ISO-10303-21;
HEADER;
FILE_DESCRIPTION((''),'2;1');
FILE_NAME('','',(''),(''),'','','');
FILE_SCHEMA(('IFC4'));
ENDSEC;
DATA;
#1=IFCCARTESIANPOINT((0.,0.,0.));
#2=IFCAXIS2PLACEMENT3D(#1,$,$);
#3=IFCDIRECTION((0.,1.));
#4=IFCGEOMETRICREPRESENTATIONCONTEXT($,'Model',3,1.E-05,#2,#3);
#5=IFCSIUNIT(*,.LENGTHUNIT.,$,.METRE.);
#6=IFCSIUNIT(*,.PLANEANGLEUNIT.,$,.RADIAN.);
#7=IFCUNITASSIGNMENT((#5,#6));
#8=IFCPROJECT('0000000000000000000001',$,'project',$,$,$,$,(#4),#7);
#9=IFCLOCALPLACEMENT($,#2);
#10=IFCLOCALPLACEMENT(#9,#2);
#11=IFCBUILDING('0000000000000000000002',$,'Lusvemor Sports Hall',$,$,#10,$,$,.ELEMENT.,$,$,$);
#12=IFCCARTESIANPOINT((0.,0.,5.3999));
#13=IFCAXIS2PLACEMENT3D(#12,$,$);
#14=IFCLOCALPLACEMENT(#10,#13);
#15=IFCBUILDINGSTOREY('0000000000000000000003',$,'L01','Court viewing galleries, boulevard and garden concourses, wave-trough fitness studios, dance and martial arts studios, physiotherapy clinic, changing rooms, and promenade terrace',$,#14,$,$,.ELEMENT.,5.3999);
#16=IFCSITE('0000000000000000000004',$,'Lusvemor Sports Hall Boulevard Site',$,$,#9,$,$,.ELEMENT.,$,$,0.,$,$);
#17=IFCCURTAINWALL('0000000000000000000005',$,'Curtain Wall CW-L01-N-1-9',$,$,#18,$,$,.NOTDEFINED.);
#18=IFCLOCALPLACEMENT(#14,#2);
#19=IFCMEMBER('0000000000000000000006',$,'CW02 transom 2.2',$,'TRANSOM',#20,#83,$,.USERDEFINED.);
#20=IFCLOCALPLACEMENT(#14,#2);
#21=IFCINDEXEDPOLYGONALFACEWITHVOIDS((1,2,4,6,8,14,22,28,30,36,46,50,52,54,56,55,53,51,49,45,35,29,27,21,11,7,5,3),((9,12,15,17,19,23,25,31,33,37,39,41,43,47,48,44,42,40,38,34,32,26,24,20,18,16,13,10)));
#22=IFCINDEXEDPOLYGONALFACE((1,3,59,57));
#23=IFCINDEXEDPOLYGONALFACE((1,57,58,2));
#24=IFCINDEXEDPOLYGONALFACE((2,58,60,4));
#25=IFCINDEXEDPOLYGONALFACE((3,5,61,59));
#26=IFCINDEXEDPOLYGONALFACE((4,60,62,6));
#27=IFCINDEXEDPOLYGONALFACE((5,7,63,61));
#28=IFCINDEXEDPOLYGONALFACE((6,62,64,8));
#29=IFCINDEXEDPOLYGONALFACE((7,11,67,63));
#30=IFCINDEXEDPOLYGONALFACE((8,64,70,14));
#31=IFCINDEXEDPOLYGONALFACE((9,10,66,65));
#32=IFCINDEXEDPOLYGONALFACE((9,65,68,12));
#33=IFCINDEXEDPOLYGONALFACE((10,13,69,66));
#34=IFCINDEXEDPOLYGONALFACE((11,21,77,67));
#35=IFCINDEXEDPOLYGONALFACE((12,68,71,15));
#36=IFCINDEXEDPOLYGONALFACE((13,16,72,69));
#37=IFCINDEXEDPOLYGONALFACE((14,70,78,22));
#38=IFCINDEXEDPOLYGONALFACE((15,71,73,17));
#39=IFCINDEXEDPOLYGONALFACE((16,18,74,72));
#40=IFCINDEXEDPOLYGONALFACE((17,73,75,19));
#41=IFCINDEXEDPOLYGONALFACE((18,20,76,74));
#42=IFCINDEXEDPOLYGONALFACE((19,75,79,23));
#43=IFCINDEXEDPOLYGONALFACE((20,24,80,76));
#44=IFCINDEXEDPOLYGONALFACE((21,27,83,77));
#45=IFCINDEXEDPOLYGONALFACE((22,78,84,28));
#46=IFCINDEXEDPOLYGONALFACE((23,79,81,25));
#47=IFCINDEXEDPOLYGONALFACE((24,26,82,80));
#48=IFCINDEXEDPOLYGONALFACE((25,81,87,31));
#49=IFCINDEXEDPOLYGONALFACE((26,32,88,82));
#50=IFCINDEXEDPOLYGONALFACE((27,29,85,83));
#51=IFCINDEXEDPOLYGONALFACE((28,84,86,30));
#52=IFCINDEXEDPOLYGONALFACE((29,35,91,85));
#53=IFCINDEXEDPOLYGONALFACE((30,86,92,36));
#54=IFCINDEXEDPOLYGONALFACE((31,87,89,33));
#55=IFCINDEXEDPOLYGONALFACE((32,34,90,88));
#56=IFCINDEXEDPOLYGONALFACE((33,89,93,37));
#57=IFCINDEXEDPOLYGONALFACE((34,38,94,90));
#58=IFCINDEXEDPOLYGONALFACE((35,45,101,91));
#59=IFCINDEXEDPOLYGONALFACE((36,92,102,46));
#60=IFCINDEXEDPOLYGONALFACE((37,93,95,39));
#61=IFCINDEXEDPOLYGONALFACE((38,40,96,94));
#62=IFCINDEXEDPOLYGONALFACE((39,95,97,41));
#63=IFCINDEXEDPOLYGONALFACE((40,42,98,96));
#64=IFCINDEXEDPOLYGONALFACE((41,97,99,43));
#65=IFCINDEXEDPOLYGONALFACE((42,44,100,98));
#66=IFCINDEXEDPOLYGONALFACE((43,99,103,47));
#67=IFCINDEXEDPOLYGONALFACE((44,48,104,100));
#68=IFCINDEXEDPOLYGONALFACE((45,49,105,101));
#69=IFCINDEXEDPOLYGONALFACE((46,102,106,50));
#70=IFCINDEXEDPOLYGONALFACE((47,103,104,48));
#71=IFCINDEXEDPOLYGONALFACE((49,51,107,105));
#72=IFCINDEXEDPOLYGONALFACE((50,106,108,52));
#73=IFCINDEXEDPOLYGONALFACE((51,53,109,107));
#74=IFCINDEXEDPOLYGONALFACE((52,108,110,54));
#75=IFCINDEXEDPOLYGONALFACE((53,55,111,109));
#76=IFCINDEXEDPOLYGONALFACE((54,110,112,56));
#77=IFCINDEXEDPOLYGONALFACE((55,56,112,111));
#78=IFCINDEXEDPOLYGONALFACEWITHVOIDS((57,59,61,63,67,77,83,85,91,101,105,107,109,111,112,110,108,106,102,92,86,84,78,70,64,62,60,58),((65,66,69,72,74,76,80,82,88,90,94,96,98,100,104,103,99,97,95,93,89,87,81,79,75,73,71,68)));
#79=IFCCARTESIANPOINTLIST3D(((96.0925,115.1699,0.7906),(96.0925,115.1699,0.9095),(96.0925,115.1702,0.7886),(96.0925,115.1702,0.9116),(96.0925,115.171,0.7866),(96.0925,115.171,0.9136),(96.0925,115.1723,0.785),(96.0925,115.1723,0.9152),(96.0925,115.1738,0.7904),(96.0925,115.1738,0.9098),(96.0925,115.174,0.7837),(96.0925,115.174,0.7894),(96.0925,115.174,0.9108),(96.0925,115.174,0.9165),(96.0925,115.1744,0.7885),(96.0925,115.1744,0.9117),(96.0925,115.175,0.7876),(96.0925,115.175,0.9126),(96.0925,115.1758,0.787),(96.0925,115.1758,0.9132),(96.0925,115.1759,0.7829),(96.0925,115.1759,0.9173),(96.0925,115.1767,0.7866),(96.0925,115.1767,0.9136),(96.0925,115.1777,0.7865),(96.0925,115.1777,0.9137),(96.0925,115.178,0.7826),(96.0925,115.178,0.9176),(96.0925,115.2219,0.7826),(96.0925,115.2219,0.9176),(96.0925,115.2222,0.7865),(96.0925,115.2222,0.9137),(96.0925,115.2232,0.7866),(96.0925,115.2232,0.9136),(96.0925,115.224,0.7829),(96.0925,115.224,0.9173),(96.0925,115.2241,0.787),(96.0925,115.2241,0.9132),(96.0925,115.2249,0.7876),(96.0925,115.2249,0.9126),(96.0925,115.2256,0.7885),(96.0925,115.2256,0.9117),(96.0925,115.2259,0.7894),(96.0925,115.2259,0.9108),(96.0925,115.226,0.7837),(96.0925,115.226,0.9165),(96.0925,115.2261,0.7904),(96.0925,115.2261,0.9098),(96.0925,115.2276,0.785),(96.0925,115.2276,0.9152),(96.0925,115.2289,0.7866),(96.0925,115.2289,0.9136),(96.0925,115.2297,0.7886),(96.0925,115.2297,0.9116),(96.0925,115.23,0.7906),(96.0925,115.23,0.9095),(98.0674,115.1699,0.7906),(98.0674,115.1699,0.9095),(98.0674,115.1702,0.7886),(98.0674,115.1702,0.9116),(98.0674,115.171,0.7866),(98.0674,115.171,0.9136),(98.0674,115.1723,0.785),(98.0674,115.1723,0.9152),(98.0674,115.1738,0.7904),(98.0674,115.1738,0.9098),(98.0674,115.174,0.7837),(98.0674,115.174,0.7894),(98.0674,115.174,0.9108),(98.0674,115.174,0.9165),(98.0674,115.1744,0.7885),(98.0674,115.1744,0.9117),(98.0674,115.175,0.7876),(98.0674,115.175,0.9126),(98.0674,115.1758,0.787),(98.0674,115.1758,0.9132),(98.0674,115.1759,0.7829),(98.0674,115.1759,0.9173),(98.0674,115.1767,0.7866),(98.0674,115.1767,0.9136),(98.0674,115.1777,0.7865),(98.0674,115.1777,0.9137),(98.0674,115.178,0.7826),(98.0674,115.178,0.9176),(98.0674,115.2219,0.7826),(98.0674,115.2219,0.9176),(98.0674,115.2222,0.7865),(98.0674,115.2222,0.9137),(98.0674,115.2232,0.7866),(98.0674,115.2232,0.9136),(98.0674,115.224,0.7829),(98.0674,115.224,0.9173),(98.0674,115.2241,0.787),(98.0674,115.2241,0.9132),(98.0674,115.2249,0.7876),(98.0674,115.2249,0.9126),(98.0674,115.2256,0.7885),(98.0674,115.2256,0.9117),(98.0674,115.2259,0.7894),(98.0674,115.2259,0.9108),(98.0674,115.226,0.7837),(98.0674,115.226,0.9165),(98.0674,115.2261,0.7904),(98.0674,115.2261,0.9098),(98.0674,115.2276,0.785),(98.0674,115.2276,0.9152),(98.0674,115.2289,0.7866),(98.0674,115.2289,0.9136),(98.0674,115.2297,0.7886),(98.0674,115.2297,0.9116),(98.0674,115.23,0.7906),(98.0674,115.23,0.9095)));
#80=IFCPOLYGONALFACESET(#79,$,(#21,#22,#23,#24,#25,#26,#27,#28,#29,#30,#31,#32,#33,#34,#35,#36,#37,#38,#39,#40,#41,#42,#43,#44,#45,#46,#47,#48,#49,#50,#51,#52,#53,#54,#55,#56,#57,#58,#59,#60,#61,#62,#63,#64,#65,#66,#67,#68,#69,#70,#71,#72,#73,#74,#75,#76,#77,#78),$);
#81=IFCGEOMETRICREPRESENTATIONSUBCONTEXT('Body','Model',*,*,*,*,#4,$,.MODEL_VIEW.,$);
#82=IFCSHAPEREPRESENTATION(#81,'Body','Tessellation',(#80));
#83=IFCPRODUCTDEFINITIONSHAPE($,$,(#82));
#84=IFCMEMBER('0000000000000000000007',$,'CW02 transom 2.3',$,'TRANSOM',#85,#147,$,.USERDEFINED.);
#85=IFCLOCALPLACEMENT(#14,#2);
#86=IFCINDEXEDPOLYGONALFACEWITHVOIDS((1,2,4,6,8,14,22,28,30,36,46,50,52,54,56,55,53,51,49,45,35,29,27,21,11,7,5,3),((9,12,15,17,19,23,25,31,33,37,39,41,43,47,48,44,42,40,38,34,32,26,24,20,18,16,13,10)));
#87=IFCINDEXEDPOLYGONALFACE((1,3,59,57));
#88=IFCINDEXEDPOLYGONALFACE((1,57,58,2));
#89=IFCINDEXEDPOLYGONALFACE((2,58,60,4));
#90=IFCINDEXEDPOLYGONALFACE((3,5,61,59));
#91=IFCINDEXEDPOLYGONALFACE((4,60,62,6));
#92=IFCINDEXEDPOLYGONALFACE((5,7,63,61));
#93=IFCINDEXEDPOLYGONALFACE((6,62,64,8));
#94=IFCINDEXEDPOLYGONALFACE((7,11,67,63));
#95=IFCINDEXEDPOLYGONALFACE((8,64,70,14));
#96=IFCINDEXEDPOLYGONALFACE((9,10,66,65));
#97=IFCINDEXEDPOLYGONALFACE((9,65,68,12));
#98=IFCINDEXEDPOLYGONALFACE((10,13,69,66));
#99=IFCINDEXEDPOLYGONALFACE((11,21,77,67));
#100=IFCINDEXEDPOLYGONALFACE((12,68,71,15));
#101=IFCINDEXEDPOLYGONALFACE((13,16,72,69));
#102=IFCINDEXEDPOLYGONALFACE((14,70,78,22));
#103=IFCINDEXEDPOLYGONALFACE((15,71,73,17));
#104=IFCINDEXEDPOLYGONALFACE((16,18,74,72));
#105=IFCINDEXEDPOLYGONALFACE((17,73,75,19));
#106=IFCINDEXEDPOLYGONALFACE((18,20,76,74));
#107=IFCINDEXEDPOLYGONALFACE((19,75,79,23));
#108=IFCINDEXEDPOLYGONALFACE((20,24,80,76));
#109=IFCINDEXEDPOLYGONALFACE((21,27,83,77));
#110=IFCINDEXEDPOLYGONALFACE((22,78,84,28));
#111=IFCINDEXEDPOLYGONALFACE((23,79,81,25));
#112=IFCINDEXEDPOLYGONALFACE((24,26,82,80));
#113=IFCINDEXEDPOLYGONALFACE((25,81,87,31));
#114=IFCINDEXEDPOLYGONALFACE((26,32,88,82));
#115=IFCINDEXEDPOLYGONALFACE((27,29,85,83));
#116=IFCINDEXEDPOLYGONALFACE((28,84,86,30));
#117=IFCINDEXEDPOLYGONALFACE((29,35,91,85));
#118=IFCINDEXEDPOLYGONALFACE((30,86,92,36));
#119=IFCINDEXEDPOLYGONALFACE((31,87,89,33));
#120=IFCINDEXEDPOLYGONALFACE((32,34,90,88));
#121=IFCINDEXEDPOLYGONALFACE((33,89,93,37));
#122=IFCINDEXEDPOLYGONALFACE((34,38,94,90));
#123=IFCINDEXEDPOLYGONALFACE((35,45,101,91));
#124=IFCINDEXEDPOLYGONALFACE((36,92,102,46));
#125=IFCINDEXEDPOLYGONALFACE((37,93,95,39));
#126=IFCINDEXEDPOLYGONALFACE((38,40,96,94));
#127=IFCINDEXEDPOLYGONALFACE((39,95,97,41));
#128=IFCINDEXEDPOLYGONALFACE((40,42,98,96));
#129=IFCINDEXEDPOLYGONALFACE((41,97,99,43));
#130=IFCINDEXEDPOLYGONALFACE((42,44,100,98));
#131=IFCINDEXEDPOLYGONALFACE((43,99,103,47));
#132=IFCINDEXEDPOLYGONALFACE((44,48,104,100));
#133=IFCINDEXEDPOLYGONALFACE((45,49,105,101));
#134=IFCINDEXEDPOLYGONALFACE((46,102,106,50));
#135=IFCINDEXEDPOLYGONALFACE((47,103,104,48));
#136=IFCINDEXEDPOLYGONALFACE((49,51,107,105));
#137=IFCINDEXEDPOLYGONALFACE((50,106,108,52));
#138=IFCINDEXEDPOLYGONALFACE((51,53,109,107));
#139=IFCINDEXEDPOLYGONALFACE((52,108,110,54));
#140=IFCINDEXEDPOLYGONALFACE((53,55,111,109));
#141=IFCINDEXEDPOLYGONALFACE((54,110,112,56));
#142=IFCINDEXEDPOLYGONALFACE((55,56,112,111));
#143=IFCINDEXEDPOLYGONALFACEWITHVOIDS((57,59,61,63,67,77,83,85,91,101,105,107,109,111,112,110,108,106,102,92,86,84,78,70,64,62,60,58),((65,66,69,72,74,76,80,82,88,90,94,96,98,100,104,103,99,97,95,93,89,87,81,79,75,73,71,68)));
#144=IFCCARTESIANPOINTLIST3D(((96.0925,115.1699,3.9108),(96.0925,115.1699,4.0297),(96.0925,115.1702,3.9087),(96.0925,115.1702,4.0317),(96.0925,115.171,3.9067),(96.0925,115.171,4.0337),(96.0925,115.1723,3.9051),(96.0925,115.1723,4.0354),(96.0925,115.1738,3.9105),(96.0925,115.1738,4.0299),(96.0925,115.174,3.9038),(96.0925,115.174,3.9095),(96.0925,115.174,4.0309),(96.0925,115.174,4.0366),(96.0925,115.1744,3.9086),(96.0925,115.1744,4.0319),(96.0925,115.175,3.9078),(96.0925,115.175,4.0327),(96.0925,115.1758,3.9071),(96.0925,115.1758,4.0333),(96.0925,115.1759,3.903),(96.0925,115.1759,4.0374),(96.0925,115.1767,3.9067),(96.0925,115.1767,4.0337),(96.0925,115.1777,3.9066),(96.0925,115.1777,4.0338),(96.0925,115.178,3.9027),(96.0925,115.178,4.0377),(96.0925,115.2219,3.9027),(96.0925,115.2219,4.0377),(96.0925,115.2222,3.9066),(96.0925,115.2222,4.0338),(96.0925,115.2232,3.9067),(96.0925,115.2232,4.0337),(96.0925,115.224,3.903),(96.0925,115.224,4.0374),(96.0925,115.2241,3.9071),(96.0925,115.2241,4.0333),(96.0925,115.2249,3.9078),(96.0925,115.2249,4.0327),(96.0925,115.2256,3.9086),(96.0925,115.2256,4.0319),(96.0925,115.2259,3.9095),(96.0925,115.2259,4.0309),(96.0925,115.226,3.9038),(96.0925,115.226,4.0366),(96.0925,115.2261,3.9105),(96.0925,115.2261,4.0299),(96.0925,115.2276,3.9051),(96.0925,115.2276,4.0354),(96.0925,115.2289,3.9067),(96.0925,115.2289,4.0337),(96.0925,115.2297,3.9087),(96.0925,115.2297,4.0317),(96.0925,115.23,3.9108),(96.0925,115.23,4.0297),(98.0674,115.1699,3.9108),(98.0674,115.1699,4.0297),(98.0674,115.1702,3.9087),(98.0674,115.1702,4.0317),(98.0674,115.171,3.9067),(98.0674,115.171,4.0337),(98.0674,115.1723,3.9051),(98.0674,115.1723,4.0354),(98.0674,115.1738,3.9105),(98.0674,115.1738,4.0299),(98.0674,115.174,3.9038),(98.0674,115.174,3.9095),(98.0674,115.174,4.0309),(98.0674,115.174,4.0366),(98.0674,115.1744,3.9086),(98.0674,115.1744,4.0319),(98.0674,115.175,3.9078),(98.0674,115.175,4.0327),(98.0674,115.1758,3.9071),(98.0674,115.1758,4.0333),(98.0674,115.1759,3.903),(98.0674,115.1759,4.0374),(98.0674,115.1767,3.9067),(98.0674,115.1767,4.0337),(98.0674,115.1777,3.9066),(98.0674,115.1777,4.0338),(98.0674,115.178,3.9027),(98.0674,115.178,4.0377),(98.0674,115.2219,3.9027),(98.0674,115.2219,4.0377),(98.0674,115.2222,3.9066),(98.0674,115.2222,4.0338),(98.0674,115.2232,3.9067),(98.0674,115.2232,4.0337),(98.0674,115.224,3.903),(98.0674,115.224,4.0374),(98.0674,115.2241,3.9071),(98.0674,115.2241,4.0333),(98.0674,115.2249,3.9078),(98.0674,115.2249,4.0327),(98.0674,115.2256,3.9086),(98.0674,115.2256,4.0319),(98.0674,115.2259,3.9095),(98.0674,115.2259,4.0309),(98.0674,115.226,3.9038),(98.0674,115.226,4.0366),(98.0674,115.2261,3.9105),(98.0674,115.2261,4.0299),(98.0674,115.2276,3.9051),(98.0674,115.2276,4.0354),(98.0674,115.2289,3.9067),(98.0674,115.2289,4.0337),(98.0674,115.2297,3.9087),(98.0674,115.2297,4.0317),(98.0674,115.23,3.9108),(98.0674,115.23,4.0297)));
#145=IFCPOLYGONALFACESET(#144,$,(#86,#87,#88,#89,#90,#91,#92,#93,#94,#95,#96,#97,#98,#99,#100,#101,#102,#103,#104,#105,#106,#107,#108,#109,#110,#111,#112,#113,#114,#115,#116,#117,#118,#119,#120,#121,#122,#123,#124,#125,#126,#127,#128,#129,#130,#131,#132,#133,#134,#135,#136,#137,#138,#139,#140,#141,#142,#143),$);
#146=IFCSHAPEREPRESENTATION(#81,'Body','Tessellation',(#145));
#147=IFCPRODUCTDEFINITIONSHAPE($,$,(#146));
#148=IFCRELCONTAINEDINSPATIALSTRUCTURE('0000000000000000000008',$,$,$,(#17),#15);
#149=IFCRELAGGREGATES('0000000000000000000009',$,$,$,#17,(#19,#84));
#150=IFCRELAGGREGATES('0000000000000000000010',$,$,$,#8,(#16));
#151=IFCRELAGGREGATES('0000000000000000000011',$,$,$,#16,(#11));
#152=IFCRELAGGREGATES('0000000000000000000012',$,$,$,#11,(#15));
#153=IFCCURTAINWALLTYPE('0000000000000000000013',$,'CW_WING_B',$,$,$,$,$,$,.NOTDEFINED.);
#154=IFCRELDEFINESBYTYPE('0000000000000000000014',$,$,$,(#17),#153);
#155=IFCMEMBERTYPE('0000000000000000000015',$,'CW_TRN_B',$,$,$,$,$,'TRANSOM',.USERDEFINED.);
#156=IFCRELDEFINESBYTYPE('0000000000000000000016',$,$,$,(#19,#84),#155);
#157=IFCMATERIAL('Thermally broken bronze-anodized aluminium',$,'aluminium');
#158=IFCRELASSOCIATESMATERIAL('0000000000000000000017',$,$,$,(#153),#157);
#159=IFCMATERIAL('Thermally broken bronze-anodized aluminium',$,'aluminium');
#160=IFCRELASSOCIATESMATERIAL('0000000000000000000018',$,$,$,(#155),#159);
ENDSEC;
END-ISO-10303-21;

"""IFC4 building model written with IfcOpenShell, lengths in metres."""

from ifc_helpers import new_model, si_unit, direction, frame, origin, origin_2d, place, context, subcontext, project, spatial, hollow_rectangle, extrude, material, material_profile, profile_set, type_object, element, aggregate, save


model = new_model("IFC4")

# Units and contexts
model_context = context("Model", 3, precision=1e-05, world=origin(), true_north=direction((0.0, 1.0)))
body_context = subcontext(model_context, "Body", "Model", "MODEL_VIEW")
ifc_project = project(units=[si_unit("LENGTHUNIT", "METRE"), si_unit("PLANEANGLEUNIT", "RADIAN")], contexts=[model_context])

# Site, building, storey
site_placement = place(None, origin())
site = spatial("IfcSite", under=ifc_project, at=site_placement, Name="Lusvemor Sports Hall Boulevard Site", CompositionType="ELEMENT", RefElevation=0.0)
building_placement = place(site_placement, origin())
building = spatial("IfcBuilding", under=site, at=building_placement, Name="Lusvemor Sports Hall", CompositionType="ELEMENT")
storey_placement = place(building_placement, frame((0.0, 0.0, 5.3999)))
storey = spatial("IfcBuildingStorey", under=building, at=storey_placement, Name="L01", Description="Court viewing galleries, boulevard and garden concourses, wave-trough fitness studios, dance and martial arts studios, physiotherapy clinic, changing rooms, and promenade terrace", CompositionType="ELEMENT", Elevation=5.3999)

# Curtain wall, members
ifc_material_1 = material(Name="Thermally broken bronze-anodized aluminium", Category="aluminium")
curtain_wall_type = type_object("IfcCurtainWallType", Name="CW_WING_B", PredefinedType="NOTDEFINED", material=ifc_material_1)
curtain_wall_placement = place(storey_placement, origin())
curtain_wall = element("IfcCurtainWall", 1, at=curtain_wall_placement, inside=storey, type_object=curtain_wall_type, Name="Curtain Wall CW-L01-N-1-9", PredefinedType="NOTDEFINED")
ifc_material_2 = material(Name="Thermally broken bronze-anodized aluminium", Category="aluminium")
ifc_material_profile_1 = material_profile(ifc_material_2, hollow_rectangle(XDim=0.0601, YDim=0.135, WallThickness=0.0039, InnerFilletRadius=0.0039, OuterFilletRadius=0.0081, at=origin_2d()), Name="CWTRN135x60x4")
ifc_profile_set_1 = profile_set([ifc_material_profile_1], Name="Thermally broken bronze-anodized aluminium")
member_type_1 = type_object("IfcMemberType", Name="CW_TRN_B", ElementType="TRANSOM", PredefinedType="USERDEFINED", material=ifc_profile_set_1)
member_1_placement = place(storey_placement, frame((96.0925, 115.2, 0.8501), z_axis=(1.0, 0.0, 0.0), x_axis=(0.0, 1.0, 0.0)))
member_1 = element("IfcMember", 2, at=member_1_placement, type_object=member_type_1, Name="CW02 transom 2.2", ObjectType="TRANSOM", PredefinedType="USERDEFINED", context=body_context, shape_type="SweptSolid", body=[
    extrude(hollow_rectangle(XDim=0.0601, YDim=0.135, WallThickness=0.0039, InnerFilletRadius=0.0039, OuterFilletRadius=0.0081, at=origin_2d()), origin(), (0.0, 0.0, 1.0), 1.9749),
])
member_2_placement = place(storey_placement, frame((96.0925, 115.2, 3.9702), z_axis=(1.0, 0.0, 0.0), x_axis=(0.0, 1.0, 0.0)))
member_2 = element("IfcMember", 3, at=member_2_placement, type_object=member_type_1, Name="CW02 transom 2.3", ObjectType="TRANSOM", PredefinedType="USERDEFINED", context=body_context, shape_type="SweptSolid", body=[
    extrude(hollow_rectangle(XDim=0.0601, YDim=0.135, WallThickness=0.0039, InnerFilletRadius=0.0039, OuterFilletRadius=0.0081, at=origin_2d()), origin(), (0.0, 0.0, 1.0), 1.9749),
])

aggregate(curtain_wall, [member_1, member_2])

save(model, "model.ifc")
